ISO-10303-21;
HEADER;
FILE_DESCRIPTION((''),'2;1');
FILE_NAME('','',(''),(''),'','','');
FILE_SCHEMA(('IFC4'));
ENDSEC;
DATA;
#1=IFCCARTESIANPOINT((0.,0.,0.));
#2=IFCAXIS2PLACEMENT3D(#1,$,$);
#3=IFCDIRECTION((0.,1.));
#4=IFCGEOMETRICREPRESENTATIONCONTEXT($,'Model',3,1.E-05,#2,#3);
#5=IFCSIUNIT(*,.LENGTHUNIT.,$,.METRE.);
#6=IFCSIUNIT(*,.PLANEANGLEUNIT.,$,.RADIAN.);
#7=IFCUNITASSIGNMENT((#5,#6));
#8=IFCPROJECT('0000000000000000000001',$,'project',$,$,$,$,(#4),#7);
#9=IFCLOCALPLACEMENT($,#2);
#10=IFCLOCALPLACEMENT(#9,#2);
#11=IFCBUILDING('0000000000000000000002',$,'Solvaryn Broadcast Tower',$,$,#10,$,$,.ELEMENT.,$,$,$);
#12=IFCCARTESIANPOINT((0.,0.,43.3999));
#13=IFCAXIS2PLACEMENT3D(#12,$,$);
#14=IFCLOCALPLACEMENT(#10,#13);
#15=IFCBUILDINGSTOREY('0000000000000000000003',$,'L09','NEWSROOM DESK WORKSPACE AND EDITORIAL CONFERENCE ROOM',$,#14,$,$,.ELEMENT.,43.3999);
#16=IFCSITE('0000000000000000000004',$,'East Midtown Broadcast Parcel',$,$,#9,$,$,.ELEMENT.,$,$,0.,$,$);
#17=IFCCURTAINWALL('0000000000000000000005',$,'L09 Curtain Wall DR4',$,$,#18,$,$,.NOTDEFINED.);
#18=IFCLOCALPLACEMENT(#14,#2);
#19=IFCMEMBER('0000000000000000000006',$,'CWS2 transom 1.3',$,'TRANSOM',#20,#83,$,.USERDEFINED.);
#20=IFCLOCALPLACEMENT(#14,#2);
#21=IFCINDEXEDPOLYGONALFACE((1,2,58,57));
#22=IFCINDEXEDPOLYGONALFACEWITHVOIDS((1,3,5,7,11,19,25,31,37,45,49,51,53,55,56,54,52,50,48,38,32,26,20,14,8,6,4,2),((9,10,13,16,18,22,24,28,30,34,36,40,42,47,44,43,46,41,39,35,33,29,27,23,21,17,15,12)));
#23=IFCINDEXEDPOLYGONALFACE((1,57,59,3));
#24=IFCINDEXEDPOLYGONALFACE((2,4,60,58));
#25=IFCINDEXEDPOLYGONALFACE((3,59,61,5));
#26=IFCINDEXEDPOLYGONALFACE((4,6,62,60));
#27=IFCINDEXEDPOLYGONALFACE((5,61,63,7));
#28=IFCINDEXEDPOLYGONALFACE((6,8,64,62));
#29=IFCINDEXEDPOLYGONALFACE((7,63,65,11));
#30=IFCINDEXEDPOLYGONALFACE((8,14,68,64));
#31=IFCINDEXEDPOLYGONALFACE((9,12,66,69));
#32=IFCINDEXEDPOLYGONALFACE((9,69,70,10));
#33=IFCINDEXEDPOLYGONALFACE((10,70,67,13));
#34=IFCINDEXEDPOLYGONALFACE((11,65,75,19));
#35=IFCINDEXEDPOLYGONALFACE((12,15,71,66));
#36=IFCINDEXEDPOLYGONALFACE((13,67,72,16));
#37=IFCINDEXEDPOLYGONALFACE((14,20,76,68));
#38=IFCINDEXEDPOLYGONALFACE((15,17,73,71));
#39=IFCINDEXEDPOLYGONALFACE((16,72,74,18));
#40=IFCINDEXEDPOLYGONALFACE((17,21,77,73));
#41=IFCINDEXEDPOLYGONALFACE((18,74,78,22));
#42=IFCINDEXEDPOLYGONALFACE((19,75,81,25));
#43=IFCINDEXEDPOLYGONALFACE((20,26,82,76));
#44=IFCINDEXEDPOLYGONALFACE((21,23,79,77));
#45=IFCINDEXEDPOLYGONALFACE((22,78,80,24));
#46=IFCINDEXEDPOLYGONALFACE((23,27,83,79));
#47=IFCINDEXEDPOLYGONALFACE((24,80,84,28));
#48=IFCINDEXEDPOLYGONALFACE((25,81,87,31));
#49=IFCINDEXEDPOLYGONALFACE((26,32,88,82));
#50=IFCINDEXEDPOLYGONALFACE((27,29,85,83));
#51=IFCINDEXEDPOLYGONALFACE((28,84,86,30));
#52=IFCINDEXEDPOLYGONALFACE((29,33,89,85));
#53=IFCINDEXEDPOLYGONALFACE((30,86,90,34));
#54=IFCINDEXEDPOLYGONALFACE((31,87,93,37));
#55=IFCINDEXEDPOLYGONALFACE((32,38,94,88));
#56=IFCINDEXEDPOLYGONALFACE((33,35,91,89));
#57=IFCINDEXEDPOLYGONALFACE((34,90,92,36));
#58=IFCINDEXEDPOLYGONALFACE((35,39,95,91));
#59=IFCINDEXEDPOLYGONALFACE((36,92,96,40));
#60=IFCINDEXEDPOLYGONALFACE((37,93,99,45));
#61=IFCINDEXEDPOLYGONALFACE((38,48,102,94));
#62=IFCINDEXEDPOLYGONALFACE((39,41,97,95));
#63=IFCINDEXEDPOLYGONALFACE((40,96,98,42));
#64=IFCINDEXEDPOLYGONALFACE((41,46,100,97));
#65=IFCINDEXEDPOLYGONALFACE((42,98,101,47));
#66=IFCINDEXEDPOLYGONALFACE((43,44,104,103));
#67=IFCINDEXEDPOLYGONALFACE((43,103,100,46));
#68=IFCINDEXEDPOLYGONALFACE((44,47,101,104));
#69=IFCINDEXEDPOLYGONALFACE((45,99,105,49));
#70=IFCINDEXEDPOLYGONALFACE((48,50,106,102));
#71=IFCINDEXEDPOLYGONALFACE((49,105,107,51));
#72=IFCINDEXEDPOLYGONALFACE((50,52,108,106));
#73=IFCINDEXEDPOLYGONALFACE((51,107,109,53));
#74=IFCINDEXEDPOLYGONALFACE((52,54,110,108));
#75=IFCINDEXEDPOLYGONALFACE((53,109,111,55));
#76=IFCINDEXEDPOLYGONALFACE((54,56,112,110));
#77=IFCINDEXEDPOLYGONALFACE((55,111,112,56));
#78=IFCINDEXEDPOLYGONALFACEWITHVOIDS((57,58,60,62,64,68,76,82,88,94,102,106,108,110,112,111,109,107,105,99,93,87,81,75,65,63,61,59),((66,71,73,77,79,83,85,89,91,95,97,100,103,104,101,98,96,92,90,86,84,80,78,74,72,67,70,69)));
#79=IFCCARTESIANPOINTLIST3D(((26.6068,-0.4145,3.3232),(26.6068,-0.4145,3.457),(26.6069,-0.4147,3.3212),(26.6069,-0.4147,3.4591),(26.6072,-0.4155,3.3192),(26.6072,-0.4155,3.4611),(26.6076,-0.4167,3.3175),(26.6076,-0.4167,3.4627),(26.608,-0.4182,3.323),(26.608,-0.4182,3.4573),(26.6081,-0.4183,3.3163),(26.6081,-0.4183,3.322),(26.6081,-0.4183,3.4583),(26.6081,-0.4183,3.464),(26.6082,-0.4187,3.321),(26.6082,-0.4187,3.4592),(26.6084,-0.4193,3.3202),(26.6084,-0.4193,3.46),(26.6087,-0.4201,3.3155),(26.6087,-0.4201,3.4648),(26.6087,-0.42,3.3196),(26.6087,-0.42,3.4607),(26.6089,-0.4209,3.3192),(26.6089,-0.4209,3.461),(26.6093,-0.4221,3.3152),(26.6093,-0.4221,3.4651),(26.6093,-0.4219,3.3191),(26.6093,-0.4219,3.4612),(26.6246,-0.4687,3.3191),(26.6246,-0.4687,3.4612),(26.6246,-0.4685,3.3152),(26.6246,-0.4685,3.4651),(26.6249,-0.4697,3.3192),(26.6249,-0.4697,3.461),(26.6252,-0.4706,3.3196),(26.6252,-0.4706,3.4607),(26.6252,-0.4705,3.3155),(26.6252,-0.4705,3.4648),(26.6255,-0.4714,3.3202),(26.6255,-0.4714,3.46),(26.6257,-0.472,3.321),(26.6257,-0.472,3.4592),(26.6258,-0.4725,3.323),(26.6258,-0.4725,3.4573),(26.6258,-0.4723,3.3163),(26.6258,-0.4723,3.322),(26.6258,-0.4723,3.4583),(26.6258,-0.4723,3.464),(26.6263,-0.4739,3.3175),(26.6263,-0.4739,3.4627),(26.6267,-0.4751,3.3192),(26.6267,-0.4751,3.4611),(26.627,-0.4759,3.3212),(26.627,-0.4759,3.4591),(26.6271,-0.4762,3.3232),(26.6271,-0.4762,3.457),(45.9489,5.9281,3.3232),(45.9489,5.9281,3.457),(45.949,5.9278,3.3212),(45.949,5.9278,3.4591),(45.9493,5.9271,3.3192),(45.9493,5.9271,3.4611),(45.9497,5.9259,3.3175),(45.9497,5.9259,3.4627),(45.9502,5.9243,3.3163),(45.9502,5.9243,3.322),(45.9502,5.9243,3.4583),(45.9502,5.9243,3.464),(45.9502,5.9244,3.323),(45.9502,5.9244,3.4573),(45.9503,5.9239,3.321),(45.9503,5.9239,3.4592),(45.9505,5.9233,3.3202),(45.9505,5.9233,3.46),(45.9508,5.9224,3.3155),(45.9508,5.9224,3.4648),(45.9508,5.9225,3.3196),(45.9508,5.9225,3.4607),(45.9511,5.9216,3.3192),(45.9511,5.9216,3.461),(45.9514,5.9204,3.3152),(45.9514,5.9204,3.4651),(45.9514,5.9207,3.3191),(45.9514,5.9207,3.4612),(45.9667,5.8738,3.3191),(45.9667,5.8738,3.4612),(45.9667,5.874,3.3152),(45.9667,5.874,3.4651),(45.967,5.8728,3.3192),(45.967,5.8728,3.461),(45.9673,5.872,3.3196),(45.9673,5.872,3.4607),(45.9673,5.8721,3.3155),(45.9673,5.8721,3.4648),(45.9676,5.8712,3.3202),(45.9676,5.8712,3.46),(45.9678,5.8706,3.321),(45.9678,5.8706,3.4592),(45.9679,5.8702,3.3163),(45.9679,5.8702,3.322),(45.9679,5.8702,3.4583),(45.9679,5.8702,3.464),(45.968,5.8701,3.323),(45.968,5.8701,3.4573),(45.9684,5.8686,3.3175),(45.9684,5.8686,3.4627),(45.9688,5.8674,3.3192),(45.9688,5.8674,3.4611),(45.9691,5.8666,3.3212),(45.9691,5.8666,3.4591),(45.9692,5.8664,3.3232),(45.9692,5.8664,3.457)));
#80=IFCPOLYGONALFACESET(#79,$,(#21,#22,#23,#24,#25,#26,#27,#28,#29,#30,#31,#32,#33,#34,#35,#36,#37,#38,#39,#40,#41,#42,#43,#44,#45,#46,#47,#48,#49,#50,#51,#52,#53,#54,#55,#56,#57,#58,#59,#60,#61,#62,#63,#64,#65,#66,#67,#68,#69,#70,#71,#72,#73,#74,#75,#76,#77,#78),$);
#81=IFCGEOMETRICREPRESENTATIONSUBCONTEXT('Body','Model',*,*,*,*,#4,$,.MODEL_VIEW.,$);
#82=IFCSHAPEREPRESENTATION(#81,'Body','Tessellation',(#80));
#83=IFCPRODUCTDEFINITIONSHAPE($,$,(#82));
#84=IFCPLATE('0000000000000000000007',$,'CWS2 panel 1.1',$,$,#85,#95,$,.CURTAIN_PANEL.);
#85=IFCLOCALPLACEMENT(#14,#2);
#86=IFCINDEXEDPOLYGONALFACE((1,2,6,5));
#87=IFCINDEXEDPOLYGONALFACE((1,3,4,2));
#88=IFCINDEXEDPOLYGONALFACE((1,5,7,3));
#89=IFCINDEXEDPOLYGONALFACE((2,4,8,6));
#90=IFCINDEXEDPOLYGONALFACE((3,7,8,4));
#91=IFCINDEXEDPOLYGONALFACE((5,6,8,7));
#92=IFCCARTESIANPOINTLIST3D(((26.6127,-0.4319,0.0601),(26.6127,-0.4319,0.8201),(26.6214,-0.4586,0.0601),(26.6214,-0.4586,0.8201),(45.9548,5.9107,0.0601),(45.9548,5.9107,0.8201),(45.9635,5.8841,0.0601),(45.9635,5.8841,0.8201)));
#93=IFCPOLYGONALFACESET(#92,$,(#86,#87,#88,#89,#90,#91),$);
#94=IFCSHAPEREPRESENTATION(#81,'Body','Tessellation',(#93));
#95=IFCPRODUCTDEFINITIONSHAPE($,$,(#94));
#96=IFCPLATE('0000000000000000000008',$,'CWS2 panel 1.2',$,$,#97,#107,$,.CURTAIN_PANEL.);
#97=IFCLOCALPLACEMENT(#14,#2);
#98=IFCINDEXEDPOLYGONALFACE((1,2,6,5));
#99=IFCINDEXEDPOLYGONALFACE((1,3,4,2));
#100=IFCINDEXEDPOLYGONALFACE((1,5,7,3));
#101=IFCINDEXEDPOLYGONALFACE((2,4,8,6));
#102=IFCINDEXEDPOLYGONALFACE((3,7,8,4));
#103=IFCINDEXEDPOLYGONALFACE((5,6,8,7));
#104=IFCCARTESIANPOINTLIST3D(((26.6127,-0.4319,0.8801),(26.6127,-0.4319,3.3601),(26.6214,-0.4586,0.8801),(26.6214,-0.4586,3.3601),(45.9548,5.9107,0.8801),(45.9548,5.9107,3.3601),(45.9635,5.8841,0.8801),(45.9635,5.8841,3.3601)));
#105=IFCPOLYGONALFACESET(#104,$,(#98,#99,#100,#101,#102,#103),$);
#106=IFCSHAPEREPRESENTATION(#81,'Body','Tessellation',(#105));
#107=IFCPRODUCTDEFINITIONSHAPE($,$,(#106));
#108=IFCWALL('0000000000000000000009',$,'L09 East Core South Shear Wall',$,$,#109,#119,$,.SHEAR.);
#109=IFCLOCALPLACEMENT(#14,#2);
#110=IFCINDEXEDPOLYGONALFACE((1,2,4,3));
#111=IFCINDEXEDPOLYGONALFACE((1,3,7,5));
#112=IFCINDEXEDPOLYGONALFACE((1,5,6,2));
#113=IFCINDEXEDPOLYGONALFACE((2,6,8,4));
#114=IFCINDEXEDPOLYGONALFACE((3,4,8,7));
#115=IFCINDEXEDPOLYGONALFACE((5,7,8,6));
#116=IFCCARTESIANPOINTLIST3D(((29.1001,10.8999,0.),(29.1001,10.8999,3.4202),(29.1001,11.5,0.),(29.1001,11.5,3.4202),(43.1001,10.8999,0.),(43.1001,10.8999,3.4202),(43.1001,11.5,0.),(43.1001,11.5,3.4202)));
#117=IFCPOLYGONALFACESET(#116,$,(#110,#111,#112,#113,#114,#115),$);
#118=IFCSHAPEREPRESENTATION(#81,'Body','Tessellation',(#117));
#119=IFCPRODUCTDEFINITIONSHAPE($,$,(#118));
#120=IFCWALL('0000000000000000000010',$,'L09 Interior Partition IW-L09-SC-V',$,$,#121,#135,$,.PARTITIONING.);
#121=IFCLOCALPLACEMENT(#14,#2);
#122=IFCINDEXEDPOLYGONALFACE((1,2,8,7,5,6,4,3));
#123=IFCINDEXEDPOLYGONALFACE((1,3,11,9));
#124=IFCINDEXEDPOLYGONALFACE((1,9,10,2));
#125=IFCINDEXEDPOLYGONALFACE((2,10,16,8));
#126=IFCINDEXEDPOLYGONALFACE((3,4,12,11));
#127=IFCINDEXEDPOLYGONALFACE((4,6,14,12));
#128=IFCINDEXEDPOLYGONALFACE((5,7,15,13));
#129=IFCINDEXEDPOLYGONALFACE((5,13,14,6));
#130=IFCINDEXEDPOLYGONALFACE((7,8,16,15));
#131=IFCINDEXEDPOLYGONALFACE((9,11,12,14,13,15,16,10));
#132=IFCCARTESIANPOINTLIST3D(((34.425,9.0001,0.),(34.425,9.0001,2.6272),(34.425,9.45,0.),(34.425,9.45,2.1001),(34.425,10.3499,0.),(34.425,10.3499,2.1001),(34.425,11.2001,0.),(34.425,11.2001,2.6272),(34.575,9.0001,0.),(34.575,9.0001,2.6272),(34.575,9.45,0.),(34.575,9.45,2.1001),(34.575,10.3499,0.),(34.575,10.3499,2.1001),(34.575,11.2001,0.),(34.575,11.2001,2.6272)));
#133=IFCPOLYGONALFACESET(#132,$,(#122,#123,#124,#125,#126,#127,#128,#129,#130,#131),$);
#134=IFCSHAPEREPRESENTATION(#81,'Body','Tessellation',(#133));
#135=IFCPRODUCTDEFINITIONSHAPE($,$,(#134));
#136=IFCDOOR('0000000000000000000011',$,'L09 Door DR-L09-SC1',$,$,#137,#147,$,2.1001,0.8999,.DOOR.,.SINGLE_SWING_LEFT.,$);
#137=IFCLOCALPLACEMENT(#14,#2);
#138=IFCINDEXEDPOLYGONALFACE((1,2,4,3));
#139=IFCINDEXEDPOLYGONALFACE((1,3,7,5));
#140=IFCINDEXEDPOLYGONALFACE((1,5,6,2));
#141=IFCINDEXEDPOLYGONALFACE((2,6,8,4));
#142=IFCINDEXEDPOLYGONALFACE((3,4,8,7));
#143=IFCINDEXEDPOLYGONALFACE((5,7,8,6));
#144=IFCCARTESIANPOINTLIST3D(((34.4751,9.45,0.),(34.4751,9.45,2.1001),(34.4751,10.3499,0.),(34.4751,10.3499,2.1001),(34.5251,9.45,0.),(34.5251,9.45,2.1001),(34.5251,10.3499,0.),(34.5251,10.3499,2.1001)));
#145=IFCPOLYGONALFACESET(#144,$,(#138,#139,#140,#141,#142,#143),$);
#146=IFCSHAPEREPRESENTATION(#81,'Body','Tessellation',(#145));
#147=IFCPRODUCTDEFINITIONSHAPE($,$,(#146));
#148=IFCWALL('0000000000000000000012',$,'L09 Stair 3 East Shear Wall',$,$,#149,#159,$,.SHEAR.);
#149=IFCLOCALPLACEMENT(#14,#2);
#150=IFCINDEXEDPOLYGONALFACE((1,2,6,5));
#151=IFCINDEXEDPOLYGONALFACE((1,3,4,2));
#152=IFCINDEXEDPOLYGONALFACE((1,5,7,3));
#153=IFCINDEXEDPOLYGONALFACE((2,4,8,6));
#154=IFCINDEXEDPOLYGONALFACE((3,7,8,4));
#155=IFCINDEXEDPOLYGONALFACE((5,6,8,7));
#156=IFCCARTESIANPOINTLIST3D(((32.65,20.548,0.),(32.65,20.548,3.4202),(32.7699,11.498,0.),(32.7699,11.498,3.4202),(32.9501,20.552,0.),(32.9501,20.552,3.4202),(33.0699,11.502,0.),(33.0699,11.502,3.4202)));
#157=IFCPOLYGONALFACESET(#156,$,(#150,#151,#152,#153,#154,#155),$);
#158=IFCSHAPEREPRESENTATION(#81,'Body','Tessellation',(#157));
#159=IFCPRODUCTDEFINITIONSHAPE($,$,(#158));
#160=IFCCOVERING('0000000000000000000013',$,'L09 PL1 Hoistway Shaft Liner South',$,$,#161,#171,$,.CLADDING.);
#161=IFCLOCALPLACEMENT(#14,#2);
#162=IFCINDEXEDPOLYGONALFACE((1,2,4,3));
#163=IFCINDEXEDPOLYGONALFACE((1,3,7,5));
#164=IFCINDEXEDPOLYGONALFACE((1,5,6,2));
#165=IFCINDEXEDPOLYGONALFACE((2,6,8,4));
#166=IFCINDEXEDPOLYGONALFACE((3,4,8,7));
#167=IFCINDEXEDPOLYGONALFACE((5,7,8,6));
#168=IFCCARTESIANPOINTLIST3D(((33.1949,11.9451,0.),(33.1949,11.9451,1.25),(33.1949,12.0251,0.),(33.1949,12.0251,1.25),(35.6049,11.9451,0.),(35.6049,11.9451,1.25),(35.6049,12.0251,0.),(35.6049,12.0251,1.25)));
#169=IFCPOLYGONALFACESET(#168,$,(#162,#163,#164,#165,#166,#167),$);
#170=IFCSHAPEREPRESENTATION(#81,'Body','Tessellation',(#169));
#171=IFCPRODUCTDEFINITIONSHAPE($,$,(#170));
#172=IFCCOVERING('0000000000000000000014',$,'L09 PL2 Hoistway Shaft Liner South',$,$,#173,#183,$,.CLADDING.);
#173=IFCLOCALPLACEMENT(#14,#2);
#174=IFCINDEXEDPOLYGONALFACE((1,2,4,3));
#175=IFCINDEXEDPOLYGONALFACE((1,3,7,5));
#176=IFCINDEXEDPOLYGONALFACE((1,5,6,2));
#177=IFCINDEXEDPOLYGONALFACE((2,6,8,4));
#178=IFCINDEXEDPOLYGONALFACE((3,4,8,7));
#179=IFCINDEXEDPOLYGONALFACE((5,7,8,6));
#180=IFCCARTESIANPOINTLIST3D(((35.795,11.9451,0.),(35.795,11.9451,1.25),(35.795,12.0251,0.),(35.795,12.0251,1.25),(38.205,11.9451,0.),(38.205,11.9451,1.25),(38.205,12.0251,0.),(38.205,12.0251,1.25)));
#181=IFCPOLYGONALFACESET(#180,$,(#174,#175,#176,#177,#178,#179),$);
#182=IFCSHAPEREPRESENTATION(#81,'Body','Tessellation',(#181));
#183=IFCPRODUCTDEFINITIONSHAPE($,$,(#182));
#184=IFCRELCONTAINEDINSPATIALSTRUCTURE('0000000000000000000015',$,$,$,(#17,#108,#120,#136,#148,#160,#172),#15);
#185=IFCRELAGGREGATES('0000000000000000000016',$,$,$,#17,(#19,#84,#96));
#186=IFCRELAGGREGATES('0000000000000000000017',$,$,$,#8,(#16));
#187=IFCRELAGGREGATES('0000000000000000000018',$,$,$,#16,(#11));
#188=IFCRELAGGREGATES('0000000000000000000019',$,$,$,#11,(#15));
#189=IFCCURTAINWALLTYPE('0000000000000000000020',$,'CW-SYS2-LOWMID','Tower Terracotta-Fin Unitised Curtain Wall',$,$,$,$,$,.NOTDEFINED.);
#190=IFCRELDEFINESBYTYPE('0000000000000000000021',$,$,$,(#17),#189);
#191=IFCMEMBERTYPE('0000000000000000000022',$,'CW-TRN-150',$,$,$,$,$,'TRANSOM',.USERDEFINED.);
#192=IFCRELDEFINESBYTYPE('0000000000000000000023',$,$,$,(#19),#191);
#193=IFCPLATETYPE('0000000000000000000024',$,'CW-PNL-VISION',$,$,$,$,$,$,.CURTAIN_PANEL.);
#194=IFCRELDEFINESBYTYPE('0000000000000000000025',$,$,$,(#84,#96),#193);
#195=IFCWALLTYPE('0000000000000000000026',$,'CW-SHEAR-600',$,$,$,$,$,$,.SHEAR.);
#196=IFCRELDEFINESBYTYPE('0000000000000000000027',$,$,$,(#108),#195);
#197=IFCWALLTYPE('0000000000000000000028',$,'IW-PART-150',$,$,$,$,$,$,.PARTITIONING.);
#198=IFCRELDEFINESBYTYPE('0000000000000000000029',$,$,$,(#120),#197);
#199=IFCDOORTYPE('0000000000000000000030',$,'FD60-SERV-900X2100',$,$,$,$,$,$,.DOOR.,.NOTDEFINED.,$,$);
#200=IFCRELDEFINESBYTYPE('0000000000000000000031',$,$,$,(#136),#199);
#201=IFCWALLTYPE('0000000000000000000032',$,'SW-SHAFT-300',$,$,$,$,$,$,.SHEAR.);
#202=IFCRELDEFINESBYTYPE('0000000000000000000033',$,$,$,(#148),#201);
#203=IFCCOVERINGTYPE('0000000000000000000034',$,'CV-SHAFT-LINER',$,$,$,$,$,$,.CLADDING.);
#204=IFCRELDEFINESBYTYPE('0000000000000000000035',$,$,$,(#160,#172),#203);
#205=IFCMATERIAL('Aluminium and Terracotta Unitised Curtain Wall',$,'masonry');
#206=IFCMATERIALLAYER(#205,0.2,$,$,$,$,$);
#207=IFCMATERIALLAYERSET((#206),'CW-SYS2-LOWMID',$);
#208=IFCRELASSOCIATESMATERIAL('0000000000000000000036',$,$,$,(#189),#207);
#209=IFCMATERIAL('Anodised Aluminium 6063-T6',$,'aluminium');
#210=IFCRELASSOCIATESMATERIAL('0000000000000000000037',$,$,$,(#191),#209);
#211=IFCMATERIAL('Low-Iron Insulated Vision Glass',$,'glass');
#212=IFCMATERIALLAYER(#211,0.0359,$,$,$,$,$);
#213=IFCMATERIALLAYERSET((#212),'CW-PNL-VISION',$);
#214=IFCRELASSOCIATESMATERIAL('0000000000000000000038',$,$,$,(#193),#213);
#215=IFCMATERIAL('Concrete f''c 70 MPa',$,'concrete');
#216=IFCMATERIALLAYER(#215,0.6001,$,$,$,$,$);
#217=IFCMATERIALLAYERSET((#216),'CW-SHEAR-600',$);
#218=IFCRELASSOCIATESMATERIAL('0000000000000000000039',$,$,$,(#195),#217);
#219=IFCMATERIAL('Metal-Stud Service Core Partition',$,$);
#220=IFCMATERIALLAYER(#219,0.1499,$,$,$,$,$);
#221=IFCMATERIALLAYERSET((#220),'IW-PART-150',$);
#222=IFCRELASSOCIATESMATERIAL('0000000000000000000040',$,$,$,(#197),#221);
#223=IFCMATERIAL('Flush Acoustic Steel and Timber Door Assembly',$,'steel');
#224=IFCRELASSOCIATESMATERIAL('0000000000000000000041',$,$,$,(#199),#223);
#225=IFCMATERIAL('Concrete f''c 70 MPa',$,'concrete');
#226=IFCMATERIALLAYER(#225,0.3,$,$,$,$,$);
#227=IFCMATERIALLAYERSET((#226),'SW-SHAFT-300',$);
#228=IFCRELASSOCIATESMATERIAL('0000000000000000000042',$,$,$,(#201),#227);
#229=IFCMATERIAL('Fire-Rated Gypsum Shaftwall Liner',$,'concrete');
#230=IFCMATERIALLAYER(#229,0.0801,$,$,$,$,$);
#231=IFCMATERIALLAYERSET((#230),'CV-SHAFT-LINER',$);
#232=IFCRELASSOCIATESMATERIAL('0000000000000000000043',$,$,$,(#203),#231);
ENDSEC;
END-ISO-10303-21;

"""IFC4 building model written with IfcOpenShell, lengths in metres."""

from ifc_helpers import new_model, si_unit, direction, frame, frame_2d, origin, origin_2d, place, context, subcontext, project, spatial, rectangle, hollow_rectangle, extrude, material, layer, layer_set, material_profile, profile_set, type_object, element, fill, aggregate, save


model = new_model("IFC4")

# Units and contexts
model_context = context("Model", 3, precision=1e-05, world=origin(), true_north=direction((0.0, 1.0)))
body_context = subcontext(model_context, "Body", "Model", "MODEL_VIEW")
ifc_project = project(units=[si_unit("LENGTHUNIT", "METRE"), si_unit("PLANEANGLEUNIT", "RADIAN")], contexts=[model_context])

# Site, building, storey
site_placement = place(None, origin())
site = spatial("IfcSite", under=ifc_project, at=site_placement, Name="East Midtown Broadcast Parcel", CompositionType="ELEMENT", RefElevation=0.0)
building_placement = place(site_placement, origin())
building = spatial("IfcBuilding", under=site, at=building_placement, Name="Solvaryn Broadcast Tower", CompositionType="ELEMENT")
storey_placement = place(building_placement, frame((0.0, 0.0, 43.3999)))
storey = spatial("IfcBuildingStorey", under=building, at=storey_placement, Name="L09", Description="NEWSROOM DESK WORKSPACE AND EDITORIAL CONFERENCE ROOM", CompositionType="ELEMENT", Elevation=43.3999)

# Shared definitions
ifc_material_1 = material(Name="Aluminium and Terracotta Unitised Curtain Wall", Category="masonry")
ifc_layer_1 = layer(ifc_material_1, 0.2)
ifc_layer_set_1 = layer_set([ifc_layer_1], Name="CW-SYS2-LOWMID")
curtain_wall_type = type_object("IfcCurtainWallType", Name="CW-SYS2-LOWMID", Description="Tower Terracotta-Fin Unitised Curtain Wall", PredefinedType="NOTDEFINED", material=ifc_layer_set_1)

# Curtain wall, member, plates
curtain_wall_1_placement = place(storey_placement, origin())
curtain_wall_1 = element("IfcCurtainWall", 1, at=curtain_wall_1_placement, inside=storey, type_object=curtain_wall_type, Name="L09 Curtain Wall DR4", PredefinedType="NOTDEFINED")
ifc_material_2 = material(Name="Anodised Aluminium 6063-T6", Category="aluminium")
ifc_material_profile_1 = material_profile(ifc_material_2, hollow_rectangle(XDim=0.0649, YDim=0.1499, WallThickness=0.0039, InnerFilletRadius=0.0039, OuterFilletRadius=0.0081, at=origin_2d()))
ifc_profile_set_1 = profile_set([ifc_material_profile_1], Name="Anodised Aluminium 6063-T6")
member_type_1 = type_object("IfcMemberType", Name="CW-TRN-150", ElementType="TRANSOM", PredefinedType="USERDEFINED", material=ifc_profile_set_1)
member_1_placement = place(storey_placement, frame((26.6169, -0.4453, 3.3901), z_axis=(0.950217, 0.31159, 0.0), x_axis=(-0.31159, 0.950217, 0.0)))
member_1 = element("IfcMember", 2, at=member_1_placement, type_object=member_type_1, Name="CWS2 transom 1.3", ObjectType="TRANSOM", PredefinedType="USERDEFINED", context=body_context, shape_type="SweptSolid", body=[
    extrude(hollow_rectangle(XDim=0.0649, YDim=0.1499, WallThickness=0.0039, InnerFilletRadius=0.0039, OuterFilletRadius=0.0081, at=origin_2d()), origin(), (0.0, 0.0, 1.0), 20.3555),
])
ifc_material_3 = material(Name="Low-Iron Insulated Vision Glass", Category="glass")
ifc_layer_2 = layer(ifc_material_3, 0.0359)
ifc_layer_set_2 = layer_set([ifc_layer_2], Name="CW-PNL-VISION")
plate_type = type_object("IfcPlateType", Name="CW-PNL-VISION", PredefinedType="CURTAIN_PANEL", material=ifc_layer_set_2)
plate_1_placement = place(storey_placement, frame((36.2881, 2.7261, 0.0601), z_axis=(0.0, 0.0, 1.0), x_axis=(0.950215, 0.311594, 0.0)))
plate_1 = element("IfcPlate", 3, at=plate_1_placement, type_object=plate_type, Name="CWS2 panel 1.1", PredefinedType="CURTAIN_PANEL", context=body_context, shape_type="SweptSolid", body=[
    extrude(rectangle(XDim=20.3555, YDim=0.0281, at=origin_2d()), origin(), (0.0, 0.0, 1.0), 0.76),
])
plate_2_placement = place(storey_placement, frame((36.2881, 2.7261, 0.8801), z_axis=(0.0, 0.0, 1.0), x_axis=(0.950215, 0.311594, 0.0)))
plate_2 = element("IfcPlate", 4, at=plate_2_placement, type_object=plate_type, Name="CWS2 panel 1.2", PredefinedType="CURTAIN_PANEL", context=body_context, shape_type="SweptSolid", body=[
    extrude(rectangle(XDim=20.3555, YDim=0.0281, at=origin_2d()), origin(), (0.0, 0.0, 1.0), 2.48),
])
aggregate(curtain_wall_1, [member_1, plate_1, plate_2])

# Wall
ifc_material_4 = material(Name="Concrete f'c 70 MPa", Category="concrete")
ifc_layer_3 = layer(ifc_material_4, 0.6001)
ifc_layer_set_3 = layer_set([ifc_layer_3], Name="CW-SHEAR-600")
wall_type_1 = type_object("IfcWallType", Name="CW-SHEAR-600", PredefinedType="SHEAR", material=ifc_layer_set_3)
wall_1_placement = place(storey_placement, frame((29.1001, 11.2, 0.0), z_axis=(0.0, 0.0, 1.0), x_axis=(1.0, 0.0, 0.0)))
element("IfcWall", 5, at=wall_1_placement, inside=storey, type_object=wall_type_1, Name="L09 East Core South Shear Wall", PredefinedType="SHEAR", context=body_context, shape_type="SweptSolid", body=[
    extrude(rectangle(XDim=14.0, YDim=0.6001, at=frame_2d((7.0, 0.0))), origin(), (0.0, 0.0, 1.0), 3.4202),
])

# Wall, opening, door
ifc_material_5 = material(Name="Metal-Stud Service Core Partition")
ifc_layer_4 = layer(ifc_material_5, 0.1499)
ifc_layer_set_4 = layer_set([ifc_layer_4], Name="IW-PART-150")
wall_type_2 = type_object("IfcWallType", Name="IW-PART-150", PredefinedType="PARTITIONING", material=ifc_layer_set_4)
wall_2_placement = place(storey_placement, frame((34.5, 9.0, 0.0), z_axis=(0.0, 0.0, 1.0), x_axis=(0.0, 1.0, 0.0)))
wall_2 = element("IfcWall", 6, at=wall_2_placement, inside=storey, type_object=wall_type_2, Name="L09 Interior Partition IW-L09-SC-V", PredefinedType="PARTITIONING", context=body_context, shape_type="SweptSolid", body=[
    extrude(rectangle(XDim=2.2, YDim=0.1499, at=frame_2d((1.1001, 0.0))), origin(), (0.0, 0.0, 1.0), 2.6272),
])
opening_placement = place(wall_2_placement, frame((0.45, 0.0, 0.0)))
opening = element("IfcOpeningElement", 7, at=opening_placement, cuts=wall_2, PredefinedType="OPENING", context=body_context, shape_type="SweptSolid", body=[
    extrude(rectangle(XDim=0.8999, YDim=2.1001, at=frame_2d((0.45, 1.05))), frame((0.0, 0.085, 0.0), z_axis=(0.0, -1.0, 0.0), x_axis=(1.0, 0.0, 0.0)), (0.0, 0.0, 1.0), 0.1699),
])
ifc_material_6 = material(Name="Flush Acoustic Steel and Timber Door Assembly", Category="steel")
door_type = type_object("IfcDoorType", Name="FD60-SERV-900X2100", OperationType="NOTDEFINED", PredefinedType="DOOR", material=ifc_material_6)
door_placement = place(opening_placement, origin())
door = element("IfcDoor", 8, at=door_placement, inside=storey, type_object=door_type, Name="L09 Door DR-L09-SC1", OperationType="SINGLE_SWING_LEFT", OverallHeight=2.1001, OverallWidth=0.8999, PredefinedType="DOOR", context=body_context, shape_type="SweptSolid", body=[
    extrude(rectangle(XDim=0.8999, YDim=2.1001, at=frame_2d((0.45, 1.05))), frame((0.0, 0.0249, 0.0), z_axis=(0.0, -1.0, 0.0), x_axis=(1.0, 0.0, 0.0)), (0.0, 0.0, 1.0), 0.05),
])
fill(opening, door)

# Wall
ifc_material_7 = material(Name="Concrete f'c 70 MPa", Category="concrete")
ifc_layer_5 = layer(ifc_material_7, 0.3)
ifc_layer_set_5 = layer_set([ifc_layer_5], Name="SW-SHAFT-300")
wall_type_3 = type_object("IfcWallType", Name="SW-SHAFT-300", PredefinedType="SHEAR", material=ifc_layer_set_5)
wall_3_placement = place(storey_placement, frame((32.9199, 11.5, 0.0), z_axis=(0.0, 0.0, 1.0), x_axis=(-0.013244, 0.999912, 0.0)))
element("IfcWall", 9, at=wall_3_placement, inside=storey, type_object=wall_type_3, Name="L09 Stair 3 East Shear Wall", PredefinedType="SHEAR", context=body_context, shape_type="SweptSolid", body=[
    extrude(rectangle(XDim=9.0508, YDim=0.3, at=frame_2d((4.5254, 0.0))), origin(), (0.0, 0.0, 1.0), 3.4202),
])

# Coverings
ifc_material_8 = material(Name="Fire-Rated Gypsum Shaftwall Liner", Category="concrete")
ifc_layer_6 = layer(ifc_material_8, 0.0801)
ifc_layer_set_6 = layer_set([ifc_layer_6], Name="CV-SHAFT-LINER")
covering_type_1 = type_object("IfcCoveringType", Name="CV-SHAFT-LINER", PredefinedType="CLADDING", material=ifc_layer_set_6)
for number, where, z_axis, x_axis, name in (
    (10, (34.3999, 11.9851, 0.0), (0.0, 0.0, 1.0), (1.0, 0.0, 0.0), "L09 PL1 Hoistway Shaft Liner South"),
    (11, (37.0, 11.9851, 0.0), (0.0, 0.0, 1.0), (1.0, 0.0, 0.0), "L09 PL2 Hoistway Shaft Liner South"),
):
    element("IfcCovering", number, at=place(storey_placement, frame(where, z_axis=z_axis, x_axis=x_axis)), inside=storey, type_object=covering_type_1, Name=name, PredefinedType="CLADDING", context=body_context, shape_type="SweptSolid", body=[
        extrude(rectangle(XDim=2.4099, YDim=0.0801, at=origin_2d()), origin(), (0.0, 0.0, 1.0), 1.25),
    ])

save(model, "model.ifc")
